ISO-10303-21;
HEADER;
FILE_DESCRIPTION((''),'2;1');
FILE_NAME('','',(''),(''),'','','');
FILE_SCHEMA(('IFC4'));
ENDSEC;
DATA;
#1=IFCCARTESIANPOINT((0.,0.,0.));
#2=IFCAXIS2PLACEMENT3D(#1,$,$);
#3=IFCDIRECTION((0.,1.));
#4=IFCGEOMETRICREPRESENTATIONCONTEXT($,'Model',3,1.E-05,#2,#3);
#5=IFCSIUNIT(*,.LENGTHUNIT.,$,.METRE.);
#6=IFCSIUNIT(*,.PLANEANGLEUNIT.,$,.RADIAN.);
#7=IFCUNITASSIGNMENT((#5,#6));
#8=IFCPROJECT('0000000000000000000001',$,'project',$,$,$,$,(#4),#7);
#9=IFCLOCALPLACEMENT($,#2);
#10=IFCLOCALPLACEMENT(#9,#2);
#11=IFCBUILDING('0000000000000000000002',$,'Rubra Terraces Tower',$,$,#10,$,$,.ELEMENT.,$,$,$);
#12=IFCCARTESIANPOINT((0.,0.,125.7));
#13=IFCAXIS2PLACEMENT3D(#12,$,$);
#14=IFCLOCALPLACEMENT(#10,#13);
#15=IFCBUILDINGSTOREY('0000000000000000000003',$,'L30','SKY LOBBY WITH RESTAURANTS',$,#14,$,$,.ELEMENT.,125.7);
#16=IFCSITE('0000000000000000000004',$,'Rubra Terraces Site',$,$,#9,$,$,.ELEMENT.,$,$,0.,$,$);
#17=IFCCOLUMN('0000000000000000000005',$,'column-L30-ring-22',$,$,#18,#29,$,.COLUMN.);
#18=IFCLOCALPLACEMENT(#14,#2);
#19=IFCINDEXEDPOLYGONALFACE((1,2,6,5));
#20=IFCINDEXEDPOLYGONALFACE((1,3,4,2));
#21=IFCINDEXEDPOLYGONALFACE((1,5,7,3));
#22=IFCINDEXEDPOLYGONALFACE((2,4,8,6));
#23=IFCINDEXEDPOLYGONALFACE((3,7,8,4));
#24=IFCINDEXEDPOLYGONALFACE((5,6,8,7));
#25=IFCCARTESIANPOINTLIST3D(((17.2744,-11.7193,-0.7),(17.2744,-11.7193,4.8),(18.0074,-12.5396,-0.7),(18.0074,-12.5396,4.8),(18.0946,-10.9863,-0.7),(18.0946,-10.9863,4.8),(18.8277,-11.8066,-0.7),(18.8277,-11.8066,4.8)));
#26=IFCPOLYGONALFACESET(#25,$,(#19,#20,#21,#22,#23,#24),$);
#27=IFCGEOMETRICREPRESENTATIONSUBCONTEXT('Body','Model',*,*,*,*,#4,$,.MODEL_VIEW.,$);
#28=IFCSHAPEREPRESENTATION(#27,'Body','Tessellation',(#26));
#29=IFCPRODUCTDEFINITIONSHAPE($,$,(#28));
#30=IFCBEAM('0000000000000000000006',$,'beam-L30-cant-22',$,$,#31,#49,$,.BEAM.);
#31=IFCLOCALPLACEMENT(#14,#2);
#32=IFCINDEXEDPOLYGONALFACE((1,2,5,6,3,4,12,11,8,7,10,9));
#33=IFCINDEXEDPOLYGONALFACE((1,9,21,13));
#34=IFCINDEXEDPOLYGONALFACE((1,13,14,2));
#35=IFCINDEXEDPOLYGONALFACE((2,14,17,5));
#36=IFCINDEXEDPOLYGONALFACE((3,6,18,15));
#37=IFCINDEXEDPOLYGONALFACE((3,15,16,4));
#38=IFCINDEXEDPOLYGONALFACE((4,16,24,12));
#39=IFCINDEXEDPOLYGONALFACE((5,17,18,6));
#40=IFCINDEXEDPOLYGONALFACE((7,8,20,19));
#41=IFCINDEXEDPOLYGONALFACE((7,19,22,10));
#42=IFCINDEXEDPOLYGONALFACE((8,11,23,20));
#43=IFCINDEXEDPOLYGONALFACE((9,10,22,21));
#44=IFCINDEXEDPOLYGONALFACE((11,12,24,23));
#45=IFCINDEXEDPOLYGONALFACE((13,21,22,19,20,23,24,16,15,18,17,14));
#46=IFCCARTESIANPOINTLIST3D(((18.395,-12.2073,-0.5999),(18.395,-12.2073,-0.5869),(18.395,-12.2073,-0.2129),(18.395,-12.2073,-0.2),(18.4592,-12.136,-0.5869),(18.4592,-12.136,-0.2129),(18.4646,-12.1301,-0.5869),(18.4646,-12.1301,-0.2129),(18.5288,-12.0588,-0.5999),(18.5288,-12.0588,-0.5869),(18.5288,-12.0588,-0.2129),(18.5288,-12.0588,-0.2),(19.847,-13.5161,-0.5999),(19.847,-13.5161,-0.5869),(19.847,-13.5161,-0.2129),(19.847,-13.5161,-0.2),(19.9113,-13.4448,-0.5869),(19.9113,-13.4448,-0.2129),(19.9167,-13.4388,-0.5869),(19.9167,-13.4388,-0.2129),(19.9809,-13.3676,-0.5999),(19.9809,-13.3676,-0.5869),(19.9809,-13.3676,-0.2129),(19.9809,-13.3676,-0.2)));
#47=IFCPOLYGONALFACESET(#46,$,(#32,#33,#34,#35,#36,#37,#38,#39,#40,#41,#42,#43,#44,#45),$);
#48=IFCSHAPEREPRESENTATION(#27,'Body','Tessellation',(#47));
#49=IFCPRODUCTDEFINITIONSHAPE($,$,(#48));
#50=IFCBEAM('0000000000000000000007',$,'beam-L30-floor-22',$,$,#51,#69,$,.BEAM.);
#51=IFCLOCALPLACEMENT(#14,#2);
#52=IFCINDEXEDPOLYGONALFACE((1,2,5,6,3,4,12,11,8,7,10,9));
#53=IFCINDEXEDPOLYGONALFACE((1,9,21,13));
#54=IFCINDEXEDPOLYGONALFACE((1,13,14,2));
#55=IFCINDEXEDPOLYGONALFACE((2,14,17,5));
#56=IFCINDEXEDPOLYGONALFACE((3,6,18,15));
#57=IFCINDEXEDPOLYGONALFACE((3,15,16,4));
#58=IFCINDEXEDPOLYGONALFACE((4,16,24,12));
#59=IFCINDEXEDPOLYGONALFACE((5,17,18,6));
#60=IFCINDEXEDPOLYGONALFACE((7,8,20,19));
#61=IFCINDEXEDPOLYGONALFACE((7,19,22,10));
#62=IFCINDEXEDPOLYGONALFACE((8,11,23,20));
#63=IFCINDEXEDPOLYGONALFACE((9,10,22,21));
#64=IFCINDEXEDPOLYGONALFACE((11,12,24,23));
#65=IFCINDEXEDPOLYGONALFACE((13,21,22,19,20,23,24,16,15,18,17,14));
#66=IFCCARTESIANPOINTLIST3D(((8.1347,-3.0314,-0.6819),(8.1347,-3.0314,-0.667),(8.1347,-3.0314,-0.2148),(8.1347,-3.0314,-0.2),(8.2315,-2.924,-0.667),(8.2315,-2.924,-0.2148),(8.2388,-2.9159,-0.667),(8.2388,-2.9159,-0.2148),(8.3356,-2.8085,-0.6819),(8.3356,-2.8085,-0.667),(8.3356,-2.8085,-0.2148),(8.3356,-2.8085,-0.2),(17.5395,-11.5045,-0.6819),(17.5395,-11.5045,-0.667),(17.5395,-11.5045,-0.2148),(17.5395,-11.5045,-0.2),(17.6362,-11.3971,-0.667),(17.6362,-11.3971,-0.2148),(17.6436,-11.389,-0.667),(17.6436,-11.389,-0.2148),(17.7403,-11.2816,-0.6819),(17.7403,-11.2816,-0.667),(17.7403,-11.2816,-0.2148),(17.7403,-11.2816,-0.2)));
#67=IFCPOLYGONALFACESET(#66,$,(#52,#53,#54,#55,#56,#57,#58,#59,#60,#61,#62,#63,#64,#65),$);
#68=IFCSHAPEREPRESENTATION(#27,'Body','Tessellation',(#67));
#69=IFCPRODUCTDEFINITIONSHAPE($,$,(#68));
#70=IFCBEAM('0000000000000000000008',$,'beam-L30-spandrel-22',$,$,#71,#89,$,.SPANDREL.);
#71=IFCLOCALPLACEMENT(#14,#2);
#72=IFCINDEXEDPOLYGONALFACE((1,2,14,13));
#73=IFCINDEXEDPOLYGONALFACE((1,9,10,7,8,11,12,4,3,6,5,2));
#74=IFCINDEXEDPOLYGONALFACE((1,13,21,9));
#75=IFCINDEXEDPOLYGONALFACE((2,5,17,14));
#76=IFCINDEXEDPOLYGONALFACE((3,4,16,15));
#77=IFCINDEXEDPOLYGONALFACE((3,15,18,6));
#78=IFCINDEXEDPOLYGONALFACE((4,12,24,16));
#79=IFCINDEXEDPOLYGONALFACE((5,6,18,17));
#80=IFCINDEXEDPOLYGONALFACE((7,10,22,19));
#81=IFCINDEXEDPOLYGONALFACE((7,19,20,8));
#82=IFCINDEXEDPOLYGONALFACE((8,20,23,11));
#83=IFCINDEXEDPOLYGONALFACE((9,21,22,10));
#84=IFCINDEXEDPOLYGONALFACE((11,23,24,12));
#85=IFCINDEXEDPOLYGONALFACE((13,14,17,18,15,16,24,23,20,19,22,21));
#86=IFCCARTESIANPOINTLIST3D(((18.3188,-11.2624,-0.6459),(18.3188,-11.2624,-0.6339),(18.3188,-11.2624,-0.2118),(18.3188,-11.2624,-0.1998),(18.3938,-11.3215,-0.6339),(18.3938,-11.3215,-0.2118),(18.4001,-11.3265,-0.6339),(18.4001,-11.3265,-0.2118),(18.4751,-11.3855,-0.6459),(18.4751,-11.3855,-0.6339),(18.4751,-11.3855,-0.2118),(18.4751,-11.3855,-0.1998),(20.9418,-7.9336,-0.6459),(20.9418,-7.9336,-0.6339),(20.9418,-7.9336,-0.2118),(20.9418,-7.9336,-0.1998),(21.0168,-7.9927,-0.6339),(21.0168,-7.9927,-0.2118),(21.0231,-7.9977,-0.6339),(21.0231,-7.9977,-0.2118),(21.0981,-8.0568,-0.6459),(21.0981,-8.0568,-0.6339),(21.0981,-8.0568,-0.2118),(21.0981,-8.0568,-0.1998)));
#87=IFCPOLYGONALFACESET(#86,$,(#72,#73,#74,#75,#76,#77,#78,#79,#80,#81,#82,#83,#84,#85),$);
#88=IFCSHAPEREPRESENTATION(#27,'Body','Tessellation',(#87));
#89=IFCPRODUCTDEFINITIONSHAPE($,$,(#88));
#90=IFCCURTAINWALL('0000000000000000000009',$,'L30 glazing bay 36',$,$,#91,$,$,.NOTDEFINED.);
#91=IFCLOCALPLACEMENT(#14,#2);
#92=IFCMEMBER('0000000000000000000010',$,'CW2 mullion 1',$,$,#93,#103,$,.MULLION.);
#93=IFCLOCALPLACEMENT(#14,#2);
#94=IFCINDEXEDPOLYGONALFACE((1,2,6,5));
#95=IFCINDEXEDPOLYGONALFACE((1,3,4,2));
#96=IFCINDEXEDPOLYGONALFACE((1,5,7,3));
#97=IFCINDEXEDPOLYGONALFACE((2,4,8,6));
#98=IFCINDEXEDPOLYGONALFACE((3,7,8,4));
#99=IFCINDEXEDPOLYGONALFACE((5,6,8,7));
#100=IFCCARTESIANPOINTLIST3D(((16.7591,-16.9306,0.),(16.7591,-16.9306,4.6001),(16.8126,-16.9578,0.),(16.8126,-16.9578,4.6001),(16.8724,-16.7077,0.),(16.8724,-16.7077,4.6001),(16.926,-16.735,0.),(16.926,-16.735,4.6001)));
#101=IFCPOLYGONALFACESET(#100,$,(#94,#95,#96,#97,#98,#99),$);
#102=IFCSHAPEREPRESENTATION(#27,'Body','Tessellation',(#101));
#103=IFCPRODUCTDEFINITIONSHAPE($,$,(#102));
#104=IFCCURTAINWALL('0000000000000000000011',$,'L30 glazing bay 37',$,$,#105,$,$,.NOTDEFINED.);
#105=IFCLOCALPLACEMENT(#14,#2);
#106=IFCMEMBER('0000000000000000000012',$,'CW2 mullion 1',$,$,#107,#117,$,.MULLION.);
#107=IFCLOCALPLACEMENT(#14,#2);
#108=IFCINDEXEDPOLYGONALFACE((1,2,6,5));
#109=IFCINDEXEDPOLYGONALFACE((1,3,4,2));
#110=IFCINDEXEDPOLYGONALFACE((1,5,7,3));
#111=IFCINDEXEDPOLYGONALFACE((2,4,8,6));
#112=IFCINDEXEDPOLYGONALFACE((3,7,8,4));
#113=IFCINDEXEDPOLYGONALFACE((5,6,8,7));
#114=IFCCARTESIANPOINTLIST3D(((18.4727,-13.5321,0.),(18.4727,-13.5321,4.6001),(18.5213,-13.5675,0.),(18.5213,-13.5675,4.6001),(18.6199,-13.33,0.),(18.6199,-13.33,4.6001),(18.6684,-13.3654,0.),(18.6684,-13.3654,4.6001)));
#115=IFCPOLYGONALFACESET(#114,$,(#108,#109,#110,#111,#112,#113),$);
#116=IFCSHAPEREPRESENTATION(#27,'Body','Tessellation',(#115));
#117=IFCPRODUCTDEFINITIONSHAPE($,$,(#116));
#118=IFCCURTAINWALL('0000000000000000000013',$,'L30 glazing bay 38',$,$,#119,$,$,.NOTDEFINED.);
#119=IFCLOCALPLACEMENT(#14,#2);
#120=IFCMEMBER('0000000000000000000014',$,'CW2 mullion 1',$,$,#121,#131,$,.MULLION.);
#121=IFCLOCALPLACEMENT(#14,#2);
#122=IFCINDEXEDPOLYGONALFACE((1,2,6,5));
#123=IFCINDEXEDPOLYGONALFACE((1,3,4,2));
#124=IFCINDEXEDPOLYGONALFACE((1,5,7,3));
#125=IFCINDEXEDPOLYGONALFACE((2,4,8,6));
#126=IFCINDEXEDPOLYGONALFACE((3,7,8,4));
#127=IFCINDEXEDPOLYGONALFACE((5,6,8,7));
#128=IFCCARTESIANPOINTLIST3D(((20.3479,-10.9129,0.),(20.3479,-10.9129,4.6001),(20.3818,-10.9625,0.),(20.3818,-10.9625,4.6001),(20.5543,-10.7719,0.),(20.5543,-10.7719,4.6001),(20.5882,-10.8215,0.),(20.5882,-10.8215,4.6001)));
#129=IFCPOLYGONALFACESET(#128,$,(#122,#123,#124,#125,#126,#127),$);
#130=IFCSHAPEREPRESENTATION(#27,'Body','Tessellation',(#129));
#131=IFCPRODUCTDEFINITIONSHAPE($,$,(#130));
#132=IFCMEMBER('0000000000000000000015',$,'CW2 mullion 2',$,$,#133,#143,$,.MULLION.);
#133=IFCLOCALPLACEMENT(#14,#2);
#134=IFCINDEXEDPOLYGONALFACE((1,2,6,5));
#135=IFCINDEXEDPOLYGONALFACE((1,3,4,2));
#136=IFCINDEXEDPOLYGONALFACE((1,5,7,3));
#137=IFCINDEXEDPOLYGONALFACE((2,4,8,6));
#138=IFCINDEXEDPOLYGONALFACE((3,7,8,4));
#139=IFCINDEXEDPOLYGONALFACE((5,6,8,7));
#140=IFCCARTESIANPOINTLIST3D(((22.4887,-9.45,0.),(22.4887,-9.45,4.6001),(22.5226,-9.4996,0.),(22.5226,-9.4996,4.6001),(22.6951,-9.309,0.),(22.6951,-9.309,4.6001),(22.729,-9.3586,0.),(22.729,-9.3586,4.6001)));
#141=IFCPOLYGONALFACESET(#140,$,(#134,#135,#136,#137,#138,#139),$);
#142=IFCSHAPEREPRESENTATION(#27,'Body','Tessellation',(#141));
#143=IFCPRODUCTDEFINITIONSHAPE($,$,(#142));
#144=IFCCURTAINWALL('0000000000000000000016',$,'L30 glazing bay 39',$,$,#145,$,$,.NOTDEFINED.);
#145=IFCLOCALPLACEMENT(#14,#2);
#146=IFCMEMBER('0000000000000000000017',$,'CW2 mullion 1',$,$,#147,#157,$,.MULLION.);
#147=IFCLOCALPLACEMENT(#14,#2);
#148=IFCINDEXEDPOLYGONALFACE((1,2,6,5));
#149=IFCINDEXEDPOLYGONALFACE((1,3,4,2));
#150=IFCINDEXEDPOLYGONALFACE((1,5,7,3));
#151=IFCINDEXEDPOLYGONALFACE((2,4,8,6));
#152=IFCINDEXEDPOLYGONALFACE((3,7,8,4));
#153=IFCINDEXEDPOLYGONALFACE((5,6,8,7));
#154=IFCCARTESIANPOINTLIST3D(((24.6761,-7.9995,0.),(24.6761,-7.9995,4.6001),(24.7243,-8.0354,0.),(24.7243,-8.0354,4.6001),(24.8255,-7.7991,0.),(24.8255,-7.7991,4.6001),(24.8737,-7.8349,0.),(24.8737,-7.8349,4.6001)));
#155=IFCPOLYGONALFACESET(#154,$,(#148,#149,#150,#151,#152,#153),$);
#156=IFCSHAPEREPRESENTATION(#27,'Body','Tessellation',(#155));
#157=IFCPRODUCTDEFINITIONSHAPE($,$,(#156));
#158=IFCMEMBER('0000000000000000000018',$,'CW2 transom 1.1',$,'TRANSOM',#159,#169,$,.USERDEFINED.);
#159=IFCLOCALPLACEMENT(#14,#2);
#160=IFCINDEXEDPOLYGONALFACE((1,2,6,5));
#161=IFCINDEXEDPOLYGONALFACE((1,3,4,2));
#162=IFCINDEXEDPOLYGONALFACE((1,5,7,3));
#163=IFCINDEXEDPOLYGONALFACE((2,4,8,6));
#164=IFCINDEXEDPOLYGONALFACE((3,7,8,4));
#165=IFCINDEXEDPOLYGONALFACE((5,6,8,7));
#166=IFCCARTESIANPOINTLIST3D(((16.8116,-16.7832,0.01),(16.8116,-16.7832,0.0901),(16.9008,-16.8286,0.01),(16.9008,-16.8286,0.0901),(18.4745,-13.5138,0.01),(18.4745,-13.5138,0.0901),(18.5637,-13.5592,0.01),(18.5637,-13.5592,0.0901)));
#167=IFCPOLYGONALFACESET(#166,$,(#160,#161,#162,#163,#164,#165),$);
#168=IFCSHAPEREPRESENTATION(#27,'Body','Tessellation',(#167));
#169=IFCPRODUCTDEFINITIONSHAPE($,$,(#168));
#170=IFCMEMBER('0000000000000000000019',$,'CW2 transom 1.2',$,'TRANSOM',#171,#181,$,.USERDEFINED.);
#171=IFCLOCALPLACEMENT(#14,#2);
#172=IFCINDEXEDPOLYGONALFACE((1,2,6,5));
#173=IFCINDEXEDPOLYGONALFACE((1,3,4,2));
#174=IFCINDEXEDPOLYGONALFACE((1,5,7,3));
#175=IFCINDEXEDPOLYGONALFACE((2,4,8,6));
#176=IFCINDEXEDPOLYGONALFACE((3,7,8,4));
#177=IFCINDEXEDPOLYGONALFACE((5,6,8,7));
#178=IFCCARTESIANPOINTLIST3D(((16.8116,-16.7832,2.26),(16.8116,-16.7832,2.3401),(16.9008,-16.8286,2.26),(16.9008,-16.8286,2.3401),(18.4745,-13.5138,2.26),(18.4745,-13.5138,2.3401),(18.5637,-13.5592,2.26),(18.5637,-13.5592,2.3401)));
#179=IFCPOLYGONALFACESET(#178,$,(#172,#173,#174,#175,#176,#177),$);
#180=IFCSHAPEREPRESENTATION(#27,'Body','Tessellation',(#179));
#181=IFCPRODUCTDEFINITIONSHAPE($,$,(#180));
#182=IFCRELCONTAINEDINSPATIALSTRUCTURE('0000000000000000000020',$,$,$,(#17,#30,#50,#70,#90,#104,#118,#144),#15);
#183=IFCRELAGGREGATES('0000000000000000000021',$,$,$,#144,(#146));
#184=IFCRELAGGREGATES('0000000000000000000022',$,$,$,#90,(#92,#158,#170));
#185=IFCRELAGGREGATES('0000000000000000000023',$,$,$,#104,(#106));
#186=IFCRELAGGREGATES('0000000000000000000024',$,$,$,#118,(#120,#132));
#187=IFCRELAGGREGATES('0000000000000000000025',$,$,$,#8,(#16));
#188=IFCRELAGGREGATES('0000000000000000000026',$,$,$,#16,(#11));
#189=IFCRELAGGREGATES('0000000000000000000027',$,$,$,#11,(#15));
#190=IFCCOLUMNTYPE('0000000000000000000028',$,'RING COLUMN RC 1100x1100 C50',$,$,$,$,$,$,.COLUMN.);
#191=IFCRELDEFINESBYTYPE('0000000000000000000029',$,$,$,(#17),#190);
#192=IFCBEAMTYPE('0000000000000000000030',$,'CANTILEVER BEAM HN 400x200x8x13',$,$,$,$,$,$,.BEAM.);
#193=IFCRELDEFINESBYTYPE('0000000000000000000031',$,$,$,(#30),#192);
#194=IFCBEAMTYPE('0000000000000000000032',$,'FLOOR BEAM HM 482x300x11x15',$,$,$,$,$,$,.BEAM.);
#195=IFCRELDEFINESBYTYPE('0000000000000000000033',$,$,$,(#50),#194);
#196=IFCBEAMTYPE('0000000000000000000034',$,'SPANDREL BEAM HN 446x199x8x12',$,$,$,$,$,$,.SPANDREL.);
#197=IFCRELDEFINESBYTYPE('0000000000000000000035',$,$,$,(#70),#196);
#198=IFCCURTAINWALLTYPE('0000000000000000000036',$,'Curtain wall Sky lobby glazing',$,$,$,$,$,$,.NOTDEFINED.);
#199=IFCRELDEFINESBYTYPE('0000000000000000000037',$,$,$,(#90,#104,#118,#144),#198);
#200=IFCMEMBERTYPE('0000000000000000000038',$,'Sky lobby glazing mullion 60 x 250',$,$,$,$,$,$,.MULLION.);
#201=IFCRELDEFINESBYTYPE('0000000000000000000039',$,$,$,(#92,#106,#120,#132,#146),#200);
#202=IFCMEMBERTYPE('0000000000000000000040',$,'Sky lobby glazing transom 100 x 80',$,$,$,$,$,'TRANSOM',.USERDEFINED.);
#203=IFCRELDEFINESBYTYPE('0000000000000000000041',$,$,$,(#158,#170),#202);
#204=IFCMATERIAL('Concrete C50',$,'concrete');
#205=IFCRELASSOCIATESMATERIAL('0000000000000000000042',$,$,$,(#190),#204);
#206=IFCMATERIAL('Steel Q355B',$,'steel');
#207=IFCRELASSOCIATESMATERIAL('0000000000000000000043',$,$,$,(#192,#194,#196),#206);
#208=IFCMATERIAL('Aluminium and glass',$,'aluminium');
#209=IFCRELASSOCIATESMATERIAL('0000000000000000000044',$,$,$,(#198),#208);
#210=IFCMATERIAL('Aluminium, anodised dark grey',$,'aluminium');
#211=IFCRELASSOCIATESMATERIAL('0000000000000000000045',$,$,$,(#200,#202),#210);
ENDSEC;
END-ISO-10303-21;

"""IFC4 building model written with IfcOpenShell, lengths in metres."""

from ifc_helpers import new_model, si_unit, direction, frame, origin, origin_2d, place, context, subcontext, project, spatial, rectangle, i_section, extrude, material, material_profile, profile_set, type_object, element, aggregate, save


model = new_model("IFC4")

# Units and contexts
model_context = context("Model", 3, precision=1e-05, world=origin(), true_north=direction((0.0, 1.0)))
body_context = subcontext(model_context, "Body", "Model", "MODEL_VIEW")
ifc_project = project(units=[si_unit("LENGTHUNIT", "METRE"), si_unit("PLANEANGLEUNIT", "RADIAN")], contexts=[model_context])

# Site, building, storey
site_placement = place(None, origin())
site = spatial("IfcSite", under=ifc_project, at=site_placement, Name="Rubra Terraces Site", CompositionType="ELEMENT", RefElevation=0.0)
building_placement = place(site_placement, origin())
building = spatial("IfcBuilding", under=site, at=building_placement, Name="Rubra Terraces Tower", CompositionType="ELEMENT")
storey_placement = place(building_placement, frame((0.0, 0.0, 125.7)))
storey = spatial("IfcBuildingStorey", under=building, at=storey_placement, Name="L30", Description="SKY LOBBY WITH RESTAURANTS", CompositionType="ELEMENT", Elevation=125.7)

# Column
ifc_material_1 = material(Name="Concrete C50", Category="concrete")
ifc_material_profile_1 = material_profile(ifc_material_1, rectangle(XDim=1.1001, YDim=1.1001, at=origin_2d()), Name="RC 1100x1100")
ifc_profile_set_1 = profile_set([ifc_material_profile_1], Name="Concrete C50")
column_type = type_object("IfcColumnType", Name="RING COLUMN RC 1100x1100 C50", PredefinedType="COLUMN", material=ifc_profile_set_1)
column_placement = place(storey_placement, frame((18.051, -11.7629, -0.7), z_axis=(0.0, 0.0, 1.0), x_axis=(0.745642, 0.666347, 0.0)))
element("IfcColumn", 1, at=column_placement, inside=storey, type_object=column_type, Name="column-L30-ring-22", PredefinedType="COLUMN", context=body_context, shape_type="SweptSolid", body=[
    extrude(rectangle(XDim=1.1001, YDim=1.1001, at=origin_2d()), origin(), (0.0, 0.0, 1.0), 5.5),
])

# Beams
ifc_material_2 = material(Name="Steel Q355B", Category="steel")
ifc_material_profile_2 = material_profile(ifc_material_2, i_section(OverallWidth=0.2, OverallDepth=0.3999, WebThickness=0.0081, FlangeThickness=0.0129, at=origin_2d()), Name="HN 400x200x8x13")
ifc_profile_set_2 = profile_set([ifc_material_profile_2], Name="Steel Q355B")
beam_type_1 = type_object("IfcBeamType", Name="CANTILEVER BEAM HN 400x200x8x13", PredefinedType="BEAM", material=ifc_profile_set_2)
beam_1_placement = place(storey_placement, frame((18.4619, -12.1331, -0.3999), z_axis=(0.74281, -0.669503, 0.0), x_axis=(0.669503, 0.74281, 0.0)))
element("IfcBeam", 2, at=beam_1_placement, inside=storey, type_object=beam_type_1, Name="beam-L30-cant-22", PredefinedType="BEAM", context=body_context, shape_type="SweptSolid", body=[
    extrude(i_section(OverallWidth=0.2, OverallDepth=0.3999, WebThickness=0.0081, FlangeThickness=0.0129, at=origin_2d()), origin(), (0.0, 0.0, 1.0), 1.9548),
])
ifc_material_profile_3 = material_profile(ifc_material_2, i_section(OverallWidth=0.3, OverallDepth=0.4819, WebThickness=0.011, FlangeThickness=0.0149, at=origin_2d()), Name="HM 482x300x11x15")
ifc_profile_set_3 = profile_set([ifc_material_profile_3], Name="Steel Q355B")
beam_type_2 = type_object("IfcBeamType", Name="FLOOR BEAM HM 482x300x11x15", PredefinedType="BEAM", material=ifc_profile_set_3)
beam_2_placement = place(storey_placement, frame((17.6399, -11.3931, -0.4409), z_axis=(-0.742947, 0.66935, 0.0), x_axis=(-0.66935, -0.742947, 0.0)))
element("IfcBeam", 3, at=beam_2_placement, inside=storey, type_object=beam_type_2, Name="beam-L30-floor-22", PredefinedType="BEAM", context=body_context, shape_type="SweptSolid", body=[
    extrude(i_section(OverallWidth=0.3, OverallDepth=0.4819, WebThickness=0.011, FlangeThickness=0.0149, at=origin_2d()), origin(), (0.0, 0.0, 1.0), 12.6587),
])
ifc_material_profile_4 = material_profile(ifc_material_2, i_section(OverallWidth=0.199, OverallDepth=0.446, WebThickness=0.0081, FlangeThickness=0.012, at=origin_2d()), Name="HN 446x199x8x12")
ifc_profile_set_4 = profile_set([ifc_material_profile_4], Name="Steel Q355B")
beam_type_3 = type_object("IfcBeamType", Name="SPANDREL BEAM HN 446x199x8x12", PredefinedType="SPANDREL", material=ifc_profile_set_4)
beam_3_placement = place(storey_placement, frame((18.397, -11.324, -0.4229), z_axis=(0.618917, 0.785456, 0.0), x_axis=(-0.785456, 0.618917, 0.0)))
element("IfcBeam", 4, at=beam_3_placement, inside=storey, type_object=beam_type_3, Name="beam-L30-spandrel-22", PredefinedType="SPANDREL", context=body_context, shape_type="SweptSolid", body=[
    extrude(i_section(OverallWidth=0.199, OverallDepth=0.446, WebThickness=0.0081, FlangeThickness=0.012, at=origin_2d()), origin(), (0.0, 0.0, 1.0), 4.238),
])

# Curtain walls, members
ifc_material_3 = material(Name="Aluminium and glass", Category="aluminium")
curtain_wall_type = type_object("IfcCurtainWallType", Name="Curtain wall Sky lobby glazing", PredefinedType="NOTDEFINED", material=ifc_material_3)
curtain_wall_1_placement = place(storey_placement, origin())
curtain_wall_1 = element("IfcCurtainWall", 5, at=curtain_wall_1_placement, inside=storey, type_object=curtain_wall_type, Name="L30 glazing bay 36", PredefinedType="NOTDEFINED")
ifc_material_4 = material(Name="Aluminium, anodised dark grey", Category="aluminium")
ifc_material_profile_5 = material_profile(ifc_material_4, rectangle(XDim=0.0601, YDim=0.25, at=origin_2d()), Name="AL 60x250")
ifc_profile_set_5 = profile_set([ifc_material_profile_5], Name="Aluminium, anodised dark grey")
member_type_1 = type_object("IfcMemberType", Name="Sky lobby glazing mullion 60 x 250", PredefinedType="MULLION", material=ifc_profile_set_5)
member_1_placement = place(storey_placement, frame((16.8425, -16.8328, 0.0), z_axis=(0.0, 0.0, 1.0), x_axis=(-0.891333, 0.453349, 0.0)))
member_1 = element("IfcMember", 6, at=member_1_placement, type_object=member_type_1, Name="CW2 mullion 1", PredefinedType="MULLION", context=body_context, shape_type="SweptSolid", body=[
    extrude(rectangle(XDim=0.0601, YDim=0.25, at=origin_2d()), origin(), (0.0, 0.0, 1.0), 4.6001),
])
curtain_wall_2_placement = place(storey_placement, origin())
curtain_wall_2 = element("IfcCurtainWall", 7, at=curtain_wall_2_placement, inside=storey, type_object=curtain_wall_type, Name="L30 glazing bay 37", PredefinedType="NOTDEFINED")
member_2_placement = place(storey_placement, frame((18.5706, -13.4487, 0.0), z_axis=(0.0, 0.0, 1.0), x_axis=(-0.808385, 0.588654, 0.0)))
member_2 = element("IfcMember", 8, at=member_2_placement, type_object=member_type_1, Name="CW2 mullion 1", PredefinedType="MULLION", context=body_context, shape_type="SweptSolid", body=[
    extrude(rectangle(XDim=0.0601, YDim=0.25, at=origin_2d()), origin(), (0.0, 0.0, 1.0), 4.6001),
])

# Curtain wall, members
curtain_wall_3_placement = place(storey_placement, origin())
curtain_wall_3 = element("IfcCurtainWall", 9, at=curtain_wall_3_placement, inside=storey, type_object=curtain_wall_type, Name="L30 glazing bay 38", PredefinedType="NOTDEFINED")
member_3_placement = place(storey_placement, frame((20.468, -10.8672, 0.0), z_axis=(0.0, 0.0, 1.0), x_axis=(-0.5642, 0.825638, 0.0)))
member_3 = element("IfcMember", 10, at=member_3_placement, type_object=member_type_1, Name="CW2 mullion 1", PredefinedType="MULLION", context=body_context, shape_type="SweptSolid", body=[
    extrude(rectangle(XDim=0.0601, YDim=0.25, at=origin_2d()), origin(), (0.0, 0.0, 1.0), 4.6001),
])
member_4_placement = place(storey_placement, frame((22.6089, -9.4043, 0.0), z_axis=(0.0, 0.0, 1.0), x_axis=(-0.5642, 0.825638, 0.0)))
member_4 = element("IfcMember", 11, at=member_4_placement, type_object=member_type_1, Name="CW2 mullion 2", PredefinedType="MULLION", context=body_context, shape_type="SweptSolid", body=[
    extrude(rectangle(XDim=0.0601, YDim=0.25, at=origin_2d()), origin(), (0.0, 0.0, 1.0), 4.6001),
])

# Curtain wall, member
curtain_wall_4_placement = place(storey_placement, origin())
curtain_wall_4 = element("IfcCurtainWall", 12, at=curtain_wall_4_placement, inside=storey, type_object=curtain_wall_type, Name="L30 glazing bay 39", PredefinedType="NOTDEFINED")
member_5_placement = place(storey_placement, frame((24.7749, -7.9172, 0.0), z_axis=(0.0, 0.0, 1.0), x_axis=(-0.801845, 0.597532, 0.0)))
member_5 = element("IfcMember", 13, at=member_5_placement, type_object=member_type_1, Name="CW2 mullion 1", PredefinedType="MULLION", context=body_context, shape_type="SweptSolid", body=[
    extrude(rectangle(XDim=0.0601, YDim=0.25, at=origin_2d()), origin(), (0.0, 0.0, 1.0), 4.6001),
])
aggregate(curtain_wall_4, [member_5])

# Members
ifc_material_profile_6 = material_profile(ifc_material_4, rectangle(XDim=0.1001, YDim=0.0801, at=origin_2d()), Name="AL 100x80")
ifc_profile_set_6 = profile_set([ifc_material_profile_6], Name="Aluminium, anodised dark grey")
member_type_2 = type_object("IfcMemberType", Name="Sky lobby glazing transom 100 x 80", ElementType="TRANSOM", PredefinedType="USERDEFINED", material=ifc_profile_set_6)
member_6_placement = place(storey_placement, frame((16.8562, -16.8059, 0.05), z_axis=(0.453353, 0.891331, 0.0), x_axis=(-0.891331, 0.453353, 0.0)))
member_6 = element("IfcMember", 14, at=member_6_placement, type_object=member_type_2, Name="CW2 transom 1.1", ObjectType="TRANSOM", PredefinedType="USERDEFINED", context=body_context, shape_type="SweptSolid", body=[
    extrude(rectangle(XDim=0.1001, YDim=0.0801, at=origin_2d()), origin(), (0.0, 0.0, 1.0), 3.668),
])
member_7_placement = place(storey_placement, frame((16.8562, -16.8059, 2.3), z_axis=(0.453353, 0.891331, 0.0), x_axis=(-0.891331, 0.453353, 0.0)))
member_7 = element("IfcMember", 15, at=member_7_placement, type_object=member_type_2, Name="CW2 transom 1.2", ObjectType="TRANSOM", PredefinedType="USERDEFINED", context=body_context, shape_type="SweptSolid", body=[
    extrude(rectangle(XDim=0.1001, YDim=0.0801, at=origin_2d()), origin(), (0.0, 0.0, 1.0), 3.668),
])

aggregate(curtain_wall_1, [member_1, member_6, member_7])
aggregate(curtain_wall_2, [member_2])
aggregate(curtain_wall_3, [member_3, member_4])

save(model, "model.ifc")
